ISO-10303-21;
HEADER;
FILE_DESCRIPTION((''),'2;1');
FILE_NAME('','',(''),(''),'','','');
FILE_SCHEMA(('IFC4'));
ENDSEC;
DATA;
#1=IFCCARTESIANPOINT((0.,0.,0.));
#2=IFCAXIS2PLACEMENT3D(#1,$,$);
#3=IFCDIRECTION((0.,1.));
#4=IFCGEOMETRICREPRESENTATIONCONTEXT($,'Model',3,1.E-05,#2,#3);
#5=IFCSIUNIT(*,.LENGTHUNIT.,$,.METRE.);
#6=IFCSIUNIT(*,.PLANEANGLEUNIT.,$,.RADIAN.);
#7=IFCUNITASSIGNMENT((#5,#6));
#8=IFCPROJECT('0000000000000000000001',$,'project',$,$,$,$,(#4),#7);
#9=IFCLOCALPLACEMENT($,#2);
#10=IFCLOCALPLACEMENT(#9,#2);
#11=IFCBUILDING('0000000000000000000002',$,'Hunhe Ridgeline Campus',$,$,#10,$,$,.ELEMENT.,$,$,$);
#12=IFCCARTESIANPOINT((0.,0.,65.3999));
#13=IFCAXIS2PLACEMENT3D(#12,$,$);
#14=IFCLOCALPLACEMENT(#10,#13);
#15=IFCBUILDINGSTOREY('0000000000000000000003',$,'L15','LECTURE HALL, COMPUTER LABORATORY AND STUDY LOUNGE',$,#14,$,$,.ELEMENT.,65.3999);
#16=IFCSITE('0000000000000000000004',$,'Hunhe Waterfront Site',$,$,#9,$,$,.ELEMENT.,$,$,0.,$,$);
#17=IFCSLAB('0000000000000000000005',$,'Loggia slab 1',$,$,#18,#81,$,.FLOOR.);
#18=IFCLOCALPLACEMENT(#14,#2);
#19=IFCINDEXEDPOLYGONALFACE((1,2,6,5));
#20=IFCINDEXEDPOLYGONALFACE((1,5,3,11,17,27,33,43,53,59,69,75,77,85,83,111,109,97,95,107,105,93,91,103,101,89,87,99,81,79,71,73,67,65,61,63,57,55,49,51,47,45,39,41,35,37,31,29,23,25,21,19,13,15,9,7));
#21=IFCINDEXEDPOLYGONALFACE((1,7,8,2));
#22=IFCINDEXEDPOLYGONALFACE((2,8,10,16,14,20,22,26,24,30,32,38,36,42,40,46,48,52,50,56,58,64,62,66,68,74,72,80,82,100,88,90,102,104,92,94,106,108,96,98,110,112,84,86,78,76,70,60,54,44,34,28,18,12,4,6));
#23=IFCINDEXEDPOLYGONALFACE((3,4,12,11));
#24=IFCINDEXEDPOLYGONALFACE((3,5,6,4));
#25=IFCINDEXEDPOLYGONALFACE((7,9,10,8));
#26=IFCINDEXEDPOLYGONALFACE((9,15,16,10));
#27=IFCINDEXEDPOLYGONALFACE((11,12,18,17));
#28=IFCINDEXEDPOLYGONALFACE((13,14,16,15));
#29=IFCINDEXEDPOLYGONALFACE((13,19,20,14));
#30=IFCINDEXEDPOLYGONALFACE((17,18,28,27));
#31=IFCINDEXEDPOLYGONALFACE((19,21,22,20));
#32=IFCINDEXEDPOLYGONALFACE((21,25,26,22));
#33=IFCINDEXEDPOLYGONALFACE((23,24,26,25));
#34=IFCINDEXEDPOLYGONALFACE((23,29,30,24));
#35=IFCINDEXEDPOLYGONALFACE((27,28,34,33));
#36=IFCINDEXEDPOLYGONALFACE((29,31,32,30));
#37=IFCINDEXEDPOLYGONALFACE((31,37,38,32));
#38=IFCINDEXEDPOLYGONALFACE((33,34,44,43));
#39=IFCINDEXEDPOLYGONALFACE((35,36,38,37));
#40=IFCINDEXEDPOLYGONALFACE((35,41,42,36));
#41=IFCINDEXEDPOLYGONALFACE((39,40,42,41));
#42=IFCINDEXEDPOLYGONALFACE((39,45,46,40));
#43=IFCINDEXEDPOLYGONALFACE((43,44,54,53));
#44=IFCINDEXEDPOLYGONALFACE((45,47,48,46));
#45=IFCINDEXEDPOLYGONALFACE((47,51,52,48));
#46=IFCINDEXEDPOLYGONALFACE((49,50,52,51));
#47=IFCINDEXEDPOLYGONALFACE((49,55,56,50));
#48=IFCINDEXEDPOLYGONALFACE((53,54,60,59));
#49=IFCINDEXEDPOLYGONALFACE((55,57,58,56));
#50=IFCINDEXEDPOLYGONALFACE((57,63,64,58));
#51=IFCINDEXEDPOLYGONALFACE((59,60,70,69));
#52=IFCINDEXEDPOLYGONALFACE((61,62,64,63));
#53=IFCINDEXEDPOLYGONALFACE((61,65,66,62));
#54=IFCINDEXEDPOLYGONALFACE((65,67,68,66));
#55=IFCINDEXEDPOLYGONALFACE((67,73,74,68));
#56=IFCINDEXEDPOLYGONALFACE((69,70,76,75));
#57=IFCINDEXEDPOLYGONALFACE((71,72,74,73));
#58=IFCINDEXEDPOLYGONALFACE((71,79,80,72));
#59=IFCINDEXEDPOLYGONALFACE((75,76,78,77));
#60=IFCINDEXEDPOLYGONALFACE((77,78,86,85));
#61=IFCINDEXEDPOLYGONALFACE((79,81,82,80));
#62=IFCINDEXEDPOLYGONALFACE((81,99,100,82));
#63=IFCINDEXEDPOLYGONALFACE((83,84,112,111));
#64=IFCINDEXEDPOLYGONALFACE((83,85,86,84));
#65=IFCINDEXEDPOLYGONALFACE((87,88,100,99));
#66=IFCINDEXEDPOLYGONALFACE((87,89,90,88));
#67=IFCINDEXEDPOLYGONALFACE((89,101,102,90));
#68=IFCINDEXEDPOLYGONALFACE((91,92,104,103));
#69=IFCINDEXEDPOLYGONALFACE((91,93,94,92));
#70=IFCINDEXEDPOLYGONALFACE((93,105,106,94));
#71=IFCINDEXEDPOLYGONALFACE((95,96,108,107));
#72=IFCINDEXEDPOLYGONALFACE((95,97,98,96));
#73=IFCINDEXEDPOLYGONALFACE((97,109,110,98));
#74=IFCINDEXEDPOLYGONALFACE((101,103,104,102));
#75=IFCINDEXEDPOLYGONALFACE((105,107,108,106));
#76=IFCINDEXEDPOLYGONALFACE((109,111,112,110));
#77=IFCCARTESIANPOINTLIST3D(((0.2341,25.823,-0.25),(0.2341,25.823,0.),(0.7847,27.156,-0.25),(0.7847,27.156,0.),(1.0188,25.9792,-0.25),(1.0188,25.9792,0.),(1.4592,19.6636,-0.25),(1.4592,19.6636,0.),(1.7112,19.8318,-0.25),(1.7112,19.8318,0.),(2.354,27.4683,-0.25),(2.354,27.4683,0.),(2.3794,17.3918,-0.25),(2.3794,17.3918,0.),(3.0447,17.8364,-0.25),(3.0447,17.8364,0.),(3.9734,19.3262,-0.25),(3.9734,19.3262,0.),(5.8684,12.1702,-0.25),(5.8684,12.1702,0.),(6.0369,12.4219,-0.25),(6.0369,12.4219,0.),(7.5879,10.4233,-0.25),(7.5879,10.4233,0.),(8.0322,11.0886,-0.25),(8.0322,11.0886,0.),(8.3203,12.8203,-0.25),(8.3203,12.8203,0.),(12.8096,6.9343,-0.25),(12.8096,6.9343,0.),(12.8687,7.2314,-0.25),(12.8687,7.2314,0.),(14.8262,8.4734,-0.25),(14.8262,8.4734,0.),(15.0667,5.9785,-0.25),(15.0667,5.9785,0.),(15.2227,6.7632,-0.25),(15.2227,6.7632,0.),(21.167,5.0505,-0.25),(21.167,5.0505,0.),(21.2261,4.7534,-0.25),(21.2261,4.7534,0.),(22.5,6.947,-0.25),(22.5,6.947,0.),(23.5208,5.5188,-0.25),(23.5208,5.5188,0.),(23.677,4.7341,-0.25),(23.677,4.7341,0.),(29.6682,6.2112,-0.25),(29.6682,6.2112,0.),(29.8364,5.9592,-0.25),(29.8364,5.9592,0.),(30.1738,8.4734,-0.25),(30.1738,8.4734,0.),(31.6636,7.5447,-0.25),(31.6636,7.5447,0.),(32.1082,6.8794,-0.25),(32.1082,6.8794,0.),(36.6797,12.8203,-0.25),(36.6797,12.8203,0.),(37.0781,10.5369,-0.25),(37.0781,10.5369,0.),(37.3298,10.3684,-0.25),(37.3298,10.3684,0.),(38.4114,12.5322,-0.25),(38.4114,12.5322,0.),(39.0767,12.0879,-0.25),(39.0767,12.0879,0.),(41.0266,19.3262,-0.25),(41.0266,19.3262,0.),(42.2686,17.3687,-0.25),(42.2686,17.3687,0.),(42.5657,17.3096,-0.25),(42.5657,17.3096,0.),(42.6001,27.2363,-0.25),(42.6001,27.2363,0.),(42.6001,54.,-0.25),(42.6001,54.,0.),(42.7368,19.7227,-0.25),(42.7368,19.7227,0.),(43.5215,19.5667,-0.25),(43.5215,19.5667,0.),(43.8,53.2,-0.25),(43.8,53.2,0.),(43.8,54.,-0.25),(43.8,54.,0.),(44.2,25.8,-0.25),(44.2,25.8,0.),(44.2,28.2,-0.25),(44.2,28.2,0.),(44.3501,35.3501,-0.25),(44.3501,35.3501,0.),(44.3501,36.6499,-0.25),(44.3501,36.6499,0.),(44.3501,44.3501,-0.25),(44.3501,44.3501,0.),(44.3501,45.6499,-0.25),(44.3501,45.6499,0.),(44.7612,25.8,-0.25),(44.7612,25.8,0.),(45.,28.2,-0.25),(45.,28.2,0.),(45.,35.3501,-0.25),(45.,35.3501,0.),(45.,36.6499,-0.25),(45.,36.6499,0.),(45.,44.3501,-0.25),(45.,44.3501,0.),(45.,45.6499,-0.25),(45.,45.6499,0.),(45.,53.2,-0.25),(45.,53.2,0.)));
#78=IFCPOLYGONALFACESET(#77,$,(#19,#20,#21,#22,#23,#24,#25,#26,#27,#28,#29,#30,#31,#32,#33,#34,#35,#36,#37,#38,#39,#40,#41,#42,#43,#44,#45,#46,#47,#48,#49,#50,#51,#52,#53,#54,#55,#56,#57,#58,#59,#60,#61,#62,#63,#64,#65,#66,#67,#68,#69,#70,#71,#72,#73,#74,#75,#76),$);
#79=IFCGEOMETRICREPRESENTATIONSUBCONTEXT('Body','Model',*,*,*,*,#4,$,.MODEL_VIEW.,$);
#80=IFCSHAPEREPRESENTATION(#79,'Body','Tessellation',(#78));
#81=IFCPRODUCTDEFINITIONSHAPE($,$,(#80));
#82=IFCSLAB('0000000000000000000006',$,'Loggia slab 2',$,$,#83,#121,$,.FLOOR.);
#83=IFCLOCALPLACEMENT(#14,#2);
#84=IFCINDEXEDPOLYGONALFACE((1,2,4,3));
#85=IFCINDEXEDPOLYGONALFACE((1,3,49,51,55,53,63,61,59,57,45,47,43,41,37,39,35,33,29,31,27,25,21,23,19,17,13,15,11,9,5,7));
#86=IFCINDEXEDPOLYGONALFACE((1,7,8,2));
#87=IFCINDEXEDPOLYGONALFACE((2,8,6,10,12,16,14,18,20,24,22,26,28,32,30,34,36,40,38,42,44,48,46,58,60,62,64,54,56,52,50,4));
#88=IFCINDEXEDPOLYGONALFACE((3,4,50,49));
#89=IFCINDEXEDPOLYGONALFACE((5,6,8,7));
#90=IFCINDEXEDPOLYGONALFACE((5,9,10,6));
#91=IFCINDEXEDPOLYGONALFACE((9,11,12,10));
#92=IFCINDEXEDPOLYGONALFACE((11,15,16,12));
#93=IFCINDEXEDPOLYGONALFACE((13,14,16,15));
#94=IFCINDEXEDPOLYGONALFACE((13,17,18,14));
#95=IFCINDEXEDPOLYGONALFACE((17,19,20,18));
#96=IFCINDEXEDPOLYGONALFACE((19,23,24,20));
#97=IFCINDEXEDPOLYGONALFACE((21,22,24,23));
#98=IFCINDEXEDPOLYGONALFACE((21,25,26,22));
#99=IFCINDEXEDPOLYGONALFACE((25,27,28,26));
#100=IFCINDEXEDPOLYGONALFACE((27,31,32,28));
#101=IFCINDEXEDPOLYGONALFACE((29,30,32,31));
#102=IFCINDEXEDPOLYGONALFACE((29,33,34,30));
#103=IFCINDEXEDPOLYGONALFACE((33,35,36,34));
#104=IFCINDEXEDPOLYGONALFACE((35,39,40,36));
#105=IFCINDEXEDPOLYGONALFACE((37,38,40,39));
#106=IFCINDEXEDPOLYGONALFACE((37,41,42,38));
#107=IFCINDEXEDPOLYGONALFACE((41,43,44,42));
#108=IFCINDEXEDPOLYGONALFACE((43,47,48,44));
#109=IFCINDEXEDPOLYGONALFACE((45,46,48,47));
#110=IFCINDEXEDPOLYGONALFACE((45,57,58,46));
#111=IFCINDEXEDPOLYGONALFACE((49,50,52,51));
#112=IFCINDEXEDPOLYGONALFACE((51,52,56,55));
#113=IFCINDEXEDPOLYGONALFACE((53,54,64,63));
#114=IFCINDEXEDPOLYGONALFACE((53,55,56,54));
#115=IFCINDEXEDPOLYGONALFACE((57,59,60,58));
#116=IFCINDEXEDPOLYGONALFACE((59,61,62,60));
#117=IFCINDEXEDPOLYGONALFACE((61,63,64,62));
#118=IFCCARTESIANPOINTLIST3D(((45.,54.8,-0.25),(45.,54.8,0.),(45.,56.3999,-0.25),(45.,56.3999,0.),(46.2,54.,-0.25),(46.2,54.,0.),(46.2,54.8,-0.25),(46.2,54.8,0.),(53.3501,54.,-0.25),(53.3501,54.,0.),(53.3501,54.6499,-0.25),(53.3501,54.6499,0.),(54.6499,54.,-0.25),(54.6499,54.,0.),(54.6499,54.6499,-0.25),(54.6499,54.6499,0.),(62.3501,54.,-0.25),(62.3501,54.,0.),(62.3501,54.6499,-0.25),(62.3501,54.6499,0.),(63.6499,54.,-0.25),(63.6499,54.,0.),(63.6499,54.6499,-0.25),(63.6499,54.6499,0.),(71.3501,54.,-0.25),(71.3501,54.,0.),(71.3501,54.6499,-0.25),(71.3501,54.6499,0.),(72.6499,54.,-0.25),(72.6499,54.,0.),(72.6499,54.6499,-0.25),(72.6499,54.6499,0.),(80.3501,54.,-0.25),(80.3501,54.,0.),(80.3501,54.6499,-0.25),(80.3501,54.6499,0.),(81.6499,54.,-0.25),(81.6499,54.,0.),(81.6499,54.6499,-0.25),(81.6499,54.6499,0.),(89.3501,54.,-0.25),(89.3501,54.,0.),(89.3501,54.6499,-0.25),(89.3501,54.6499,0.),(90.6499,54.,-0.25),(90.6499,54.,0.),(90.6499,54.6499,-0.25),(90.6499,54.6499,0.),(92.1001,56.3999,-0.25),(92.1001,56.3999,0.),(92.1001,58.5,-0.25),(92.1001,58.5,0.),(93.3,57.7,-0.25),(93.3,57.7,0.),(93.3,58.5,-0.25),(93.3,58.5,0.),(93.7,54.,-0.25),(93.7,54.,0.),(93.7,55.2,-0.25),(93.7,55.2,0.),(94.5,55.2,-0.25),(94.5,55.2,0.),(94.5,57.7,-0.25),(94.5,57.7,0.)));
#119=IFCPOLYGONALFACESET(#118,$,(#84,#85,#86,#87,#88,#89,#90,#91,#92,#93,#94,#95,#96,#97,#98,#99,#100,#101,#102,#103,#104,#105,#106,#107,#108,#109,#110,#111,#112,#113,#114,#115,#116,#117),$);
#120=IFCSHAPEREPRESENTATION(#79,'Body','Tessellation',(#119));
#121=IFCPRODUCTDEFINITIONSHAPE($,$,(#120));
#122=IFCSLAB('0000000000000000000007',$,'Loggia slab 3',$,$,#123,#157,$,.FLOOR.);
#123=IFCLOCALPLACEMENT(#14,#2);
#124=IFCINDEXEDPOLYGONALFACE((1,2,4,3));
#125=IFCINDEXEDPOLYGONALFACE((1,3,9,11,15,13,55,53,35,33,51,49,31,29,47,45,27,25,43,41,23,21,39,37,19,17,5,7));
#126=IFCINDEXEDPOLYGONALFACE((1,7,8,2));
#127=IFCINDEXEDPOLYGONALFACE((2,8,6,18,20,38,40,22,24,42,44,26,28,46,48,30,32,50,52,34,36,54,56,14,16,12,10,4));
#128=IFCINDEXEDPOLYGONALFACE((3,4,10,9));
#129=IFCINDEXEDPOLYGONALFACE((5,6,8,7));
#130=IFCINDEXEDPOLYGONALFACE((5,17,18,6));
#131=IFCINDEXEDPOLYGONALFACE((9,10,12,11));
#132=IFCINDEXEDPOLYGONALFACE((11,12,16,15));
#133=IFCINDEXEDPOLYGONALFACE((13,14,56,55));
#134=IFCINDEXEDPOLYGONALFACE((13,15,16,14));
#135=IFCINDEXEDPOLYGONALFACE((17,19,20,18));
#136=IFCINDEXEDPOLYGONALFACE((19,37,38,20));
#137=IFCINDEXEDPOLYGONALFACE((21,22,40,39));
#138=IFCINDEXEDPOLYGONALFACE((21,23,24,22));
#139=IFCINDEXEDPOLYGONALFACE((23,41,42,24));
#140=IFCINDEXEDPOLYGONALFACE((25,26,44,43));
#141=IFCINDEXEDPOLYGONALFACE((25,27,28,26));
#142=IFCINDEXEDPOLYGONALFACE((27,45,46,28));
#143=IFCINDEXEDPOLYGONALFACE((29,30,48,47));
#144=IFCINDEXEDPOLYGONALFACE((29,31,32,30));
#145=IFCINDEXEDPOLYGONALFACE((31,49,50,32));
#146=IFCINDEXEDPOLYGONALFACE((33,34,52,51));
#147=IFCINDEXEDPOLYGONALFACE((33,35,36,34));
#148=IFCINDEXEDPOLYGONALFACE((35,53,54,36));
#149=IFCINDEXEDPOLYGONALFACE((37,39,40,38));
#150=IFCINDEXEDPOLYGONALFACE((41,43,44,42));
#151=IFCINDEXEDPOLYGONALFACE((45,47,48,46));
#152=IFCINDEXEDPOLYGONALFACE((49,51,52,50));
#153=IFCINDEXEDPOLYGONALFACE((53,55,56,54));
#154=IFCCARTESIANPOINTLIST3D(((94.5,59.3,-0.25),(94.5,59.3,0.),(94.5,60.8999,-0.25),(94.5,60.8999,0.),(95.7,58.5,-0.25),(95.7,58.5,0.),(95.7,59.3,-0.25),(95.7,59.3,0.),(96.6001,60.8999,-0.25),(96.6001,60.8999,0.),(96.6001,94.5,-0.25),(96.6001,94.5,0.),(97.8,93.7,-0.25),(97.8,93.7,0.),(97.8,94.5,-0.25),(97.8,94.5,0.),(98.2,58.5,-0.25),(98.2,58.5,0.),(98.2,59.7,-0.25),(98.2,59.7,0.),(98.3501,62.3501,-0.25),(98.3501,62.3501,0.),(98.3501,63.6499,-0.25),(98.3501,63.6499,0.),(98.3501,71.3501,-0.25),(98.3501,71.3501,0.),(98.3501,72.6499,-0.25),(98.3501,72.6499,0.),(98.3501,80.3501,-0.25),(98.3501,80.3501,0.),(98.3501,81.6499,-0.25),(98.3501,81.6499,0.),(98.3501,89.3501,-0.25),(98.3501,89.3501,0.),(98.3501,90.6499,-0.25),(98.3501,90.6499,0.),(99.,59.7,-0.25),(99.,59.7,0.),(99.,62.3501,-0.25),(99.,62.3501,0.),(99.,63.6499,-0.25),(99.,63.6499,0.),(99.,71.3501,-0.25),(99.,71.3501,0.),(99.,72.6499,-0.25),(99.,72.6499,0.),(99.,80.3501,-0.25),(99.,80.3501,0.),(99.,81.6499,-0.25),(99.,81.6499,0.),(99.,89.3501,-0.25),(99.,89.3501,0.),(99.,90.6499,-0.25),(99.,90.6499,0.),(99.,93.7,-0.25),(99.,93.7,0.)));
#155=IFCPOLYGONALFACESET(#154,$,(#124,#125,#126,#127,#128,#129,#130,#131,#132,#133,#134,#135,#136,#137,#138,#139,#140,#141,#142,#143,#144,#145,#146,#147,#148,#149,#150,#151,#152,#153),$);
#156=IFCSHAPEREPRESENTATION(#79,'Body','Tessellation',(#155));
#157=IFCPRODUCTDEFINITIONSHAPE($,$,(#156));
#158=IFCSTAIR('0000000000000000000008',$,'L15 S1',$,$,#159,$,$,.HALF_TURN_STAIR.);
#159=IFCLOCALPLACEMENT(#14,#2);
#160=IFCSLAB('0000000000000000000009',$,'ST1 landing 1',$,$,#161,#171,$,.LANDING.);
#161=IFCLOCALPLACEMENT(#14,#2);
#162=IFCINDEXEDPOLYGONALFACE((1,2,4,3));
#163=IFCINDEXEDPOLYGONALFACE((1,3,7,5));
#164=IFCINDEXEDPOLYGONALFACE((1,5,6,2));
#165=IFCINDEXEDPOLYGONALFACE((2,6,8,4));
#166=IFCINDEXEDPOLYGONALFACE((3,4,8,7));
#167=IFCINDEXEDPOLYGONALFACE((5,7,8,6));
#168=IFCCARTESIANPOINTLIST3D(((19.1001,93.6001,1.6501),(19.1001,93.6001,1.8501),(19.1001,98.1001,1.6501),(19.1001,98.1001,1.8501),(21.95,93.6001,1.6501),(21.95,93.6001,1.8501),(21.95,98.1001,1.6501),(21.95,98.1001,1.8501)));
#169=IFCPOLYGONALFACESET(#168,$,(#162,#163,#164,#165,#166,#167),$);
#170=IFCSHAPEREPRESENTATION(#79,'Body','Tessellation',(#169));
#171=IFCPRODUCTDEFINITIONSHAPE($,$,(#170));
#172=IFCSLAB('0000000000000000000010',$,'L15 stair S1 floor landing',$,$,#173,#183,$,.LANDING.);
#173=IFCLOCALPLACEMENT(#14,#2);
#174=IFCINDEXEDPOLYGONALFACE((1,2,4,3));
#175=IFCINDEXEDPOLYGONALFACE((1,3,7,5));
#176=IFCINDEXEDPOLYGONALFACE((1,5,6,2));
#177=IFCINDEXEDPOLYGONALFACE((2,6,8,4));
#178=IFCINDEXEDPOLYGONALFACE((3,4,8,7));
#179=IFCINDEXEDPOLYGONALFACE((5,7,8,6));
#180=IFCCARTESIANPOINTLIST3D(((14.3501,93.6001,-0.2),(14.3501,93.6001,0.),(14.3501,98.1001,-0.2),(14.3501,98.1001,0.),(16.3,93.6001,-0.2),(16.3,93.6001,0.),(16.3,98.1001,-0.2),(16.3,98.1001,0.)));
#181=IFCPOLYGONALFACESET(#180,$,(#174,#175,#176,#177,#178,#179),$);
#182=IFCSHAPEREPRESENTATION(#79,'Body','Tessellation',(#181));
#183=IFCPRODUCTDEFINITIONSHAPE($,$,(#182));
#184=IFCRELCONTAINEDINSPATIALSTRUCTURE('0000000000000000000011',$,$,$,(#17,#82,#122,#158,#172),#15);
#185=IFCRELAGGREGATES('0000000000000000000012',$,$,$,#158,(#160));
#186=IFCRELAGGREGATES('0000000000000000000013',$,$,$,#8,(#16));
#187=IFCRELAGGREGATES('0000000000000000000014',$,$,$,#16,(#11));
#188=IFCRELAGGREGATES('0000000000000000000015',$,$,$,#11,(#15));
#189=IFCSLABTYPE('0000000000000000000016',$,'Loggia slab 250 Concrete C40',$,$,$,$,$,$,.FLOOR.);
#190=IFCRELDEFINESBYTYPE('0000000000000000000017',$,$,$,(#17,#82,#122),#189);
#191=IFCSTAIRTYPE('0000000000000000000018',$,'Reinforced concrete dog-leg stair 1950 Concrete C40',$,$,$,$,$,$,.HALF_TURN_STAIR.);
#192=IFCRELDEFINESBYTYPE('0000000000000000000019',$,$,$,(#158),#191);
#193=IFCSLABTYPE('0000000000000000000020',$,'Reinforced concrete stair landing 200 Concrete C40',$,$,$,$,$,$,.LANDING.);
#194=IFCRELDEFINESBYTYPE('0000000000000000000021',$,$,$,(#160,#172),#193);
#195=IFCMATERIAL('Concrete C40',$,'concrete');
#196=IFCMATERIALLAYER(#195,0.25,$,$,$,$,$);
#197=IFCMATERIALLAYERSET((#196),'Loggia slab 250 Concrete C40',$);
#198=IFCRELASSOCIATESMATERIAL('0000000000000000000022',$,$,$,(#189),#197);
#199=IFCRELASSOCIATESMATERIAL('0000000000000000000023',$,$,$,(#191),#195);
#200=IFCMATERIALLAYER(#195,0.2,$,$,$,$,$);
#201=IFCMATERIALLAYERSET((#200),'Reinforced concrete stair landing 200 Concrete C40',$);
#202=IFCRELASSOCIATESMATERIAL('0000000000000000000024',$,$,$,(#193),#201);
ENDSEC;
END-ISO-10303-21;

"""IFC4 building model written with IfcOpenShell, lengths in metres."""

from ifc_helpers import new_model, si_unit, direction, frame, origin, place, context, subcontext, project, spatial, polyline, outline, extrude, material, layer, layer_set, type_object, element, aggregate, save


model = new_model("IFC4")

# Units and contexts
model_context = context("Model", 3, precision=1e-05, world=origin(), true_north=direction((0.0, 1.0)))
body_context = subcontext(model_context, "Body", "Model", "MODEL_VIEW")
ifc_project = project(units=[si_unit("LENGTHUNIT", "METRE"), si_unit("PLANEANGLEUNIT", "RADIAN")], contexts=[model_context])

# Site, building, storey
site_placement = place(None, origin())
site = spatial("IfcSite", under=ifc_project, at=site_placement, Name="Hunhe Waterfront Site", CompositionType="ELEMENT", RefElevation=0.0)
building_placement = place(site_placement, origin())
building = spatial("IfcBuilding", under=site, at=building_placement, Name="Hunhe Ridgeline Campus", CompositionType="ELEMENT")
storey_placement = place(building_placement, frame((0.0, 0.0, 65.3999)))
storey = spatial("IfcBuildingStorey", under=building, at=storey_placement, Name="L15", Description="LECTURE HALL, COMPUTER LABORATORY AND STUDY LOUNGE", CompositionType="ELEMENT", Elevation=65.3999)

# Slabs
ifc_material_1 = material(Name="Concrete C40", Category="concrete")
ifc_layer_1 = layer(ifc_material_1, 0.25)
ifc_layer_set_1 = layer_set([ifc_layer_1], Name="Loggia slab 250 Concrete C40")
slab_type_1 = type_object("IfcSlabType", Name="Loggia slab 250 Concrete C40", PredefinedType="FLOOR", material=ifc_layer_set_1)
slab_1_placement = place(storey_placement, frame((0.0, 0.0, -0.25)))
element("IfcSlab", 1, at=slab_1_placement, inside=storey, type_object=slab_type_1, Name="Loggia slab 1", PredefinedType="FLOOR", context=body_context, shape_type="SweptSolid", body=[
    extrude(outline(polyline([(30.1738, 8.4734), (22.5, 6.947), (14.8262, 8.4734), (8.3203, 12.8203), (3.9734, 19.3262), (2.354, 27.4683), (0.7847, 27.156), (1.0188, 25.9792), (0.2341, 25.823), (1.4592, 19.6636), (1.7112, 19.8318), (3.0447, 17.8364), (2.3794, 17.3918), (5.8684, 12.1702), (6.0369, 12.4219), (8.0322, 11.0886), (7.5879, 10.4233), (12.8096, 6.9343), (12.8687, 7.2314), (15.2227, 6.7632), (15.0667, 5.9785), (21.2261, 4.7534), (21.167, 5.0505), (23.5208, 5.5188), (23.677, 4.7341), (29.8364, 5.9592), (29.6682, 6.2112), (31.6636, 7.5447), (32.1082, 6.8794), (37.3298, 10.3684), (37.0781, 10.5369), (38.4114, 12.5322), (39.0767, 12.0879), (42.5657, 17.3096), (42.2686, 17.3687), (42.7368, 19.7227), (43.5215, 19.5667), (44.7612, 25.8), (44.2, 25.8), (44.2, 28.2), (45.0, 28.2), (45.0, 35.3501), (44.3501, 35.3501), (44.3501, 36.6499), (45.0, 36.6499), (45.0, 44.3501), (44.3501, 44.3501), (44.3501, 45.6499), (45.0, 45.6499), (45.0, 53.2), (43.8, 53.2), (43.8, 54.0), (42.6001, 54.0), (42.6001, 27.2363), (41.0266, 19.3262), (36.6797, 12.8203), (30.1738, 8.4734)])), origin(), (0.0, 0.0, 1.0), 0.25),
])
slab_2_placement = place(storey_placement, frame((0.0, 0.0, -0.25)))
element("IfcSlab", 2, at=slab_2_placement, inside=storey, type_object=slab_type_1, Name="Loggia slab 2", PredefinedType="FLOOR", context=body_context, shape_type="SweptSolid", body=[
    extrude(outline(polyline([(45.0, 54.8), (46.2, 54.8), (46.2, 54.0), (53.3501, 54.0), (53.3501, 54.6499), (54.6499, 54.6499), (54.6499, 54.0), (62.3501, 54.0), (62.3501, 54.6499), (63.6499, 54.6499), (63.6499, 54.0), (71.3501, 54.0), (71.3501, 54.6499), (72.6499, 54.6499), (72.6499, 54.0), (80.3501, 54.0), (80.3501, 54.6499), (81.6499, 54.6499), (81.6499, 54.0), (89.3501, 54.0), (89.3501, 54.6499), (90.6499, 54.6499), (90.6499, 54.0), (93.7, 54.0), (93.7, 55.2), (94.5, 55.2), (94.5, 57.7), (93.3, 57.7), (93.3, 58.5), (92.1001, 58.5), (92.1001, 56.3999), (45.0, 56.3999), (45.0, 54.8)])), origin(), (0.0, 0.0, 1.0), 0.25),
])
slab_3_placement = place(storey_placement, frame((0.0, 0.0, -0.25)))
element("IfcSlab", 3, at=slab_3_placement, inside=storey, type_object=slab_type_1, Name="Loggia slab 3", PredefinedType="FLOOR", context=body_context, shape_type="SweptSolid", body=[
    extrude(outline(polyline([(94.5, 59.3), (95.7, 59.3), (95.7, 58.5), (98.2, 58.5), (98.2, 59.7), (99.0, 59.7), (99.0, 62.3501), (98.3501, 62.3501), (98.3501, 63.6499), (99.0, 63.6499), (99.0, 71.3501), (98.3501, 71.3501), (98.3501, 72.6499), (99.0, 72.6499), (99.0, 80.3501), (98.3501, 80.3501), (98.3501, 81.6499), (99.0, 81.6499), (99.0, 89.3501), (98.3501, 89.3501), (98.3501, 90.6499), (99.0, 90.6499), (99.0, 93.7), (97.8, 93.7), (97.8, 94.5), (96.6001, 94.5), (96.6001, 60.8999), (94.5, 60.8999), (94.5, 59.3)])), origin(), (0.0, 0.0, 1.0), 0.25),
])

# Stair, slab
stair_type = type_object("IfcStairType", Name="Reinforced concrete dog-leg stair 1950 Concrete C40", PredefinedType="HALF_TURN_STAIR", material=ifc_material_1)
stair_1_placement = place(storey_placement, origin())
stair_1 = element("IfcStair", 4, at=stair_1_placement, inside=storey, type_object=stair_type, Name="L15 S1", PredefinedType="HALF_TURN_STAIR")
ifc_layer_2 = layer(ifc_material_1, 0.2)
ifc_layer_set_2 = layer_set([ifc_layer_2], Name="Reinforced concrete stair landing 200 Concrete C40")
slab_type_2 = type_object("IfcSlabType", Name="Reinforced concrete stair landing 200 Concrete C40", PredefinedType="LANDING", material=ifc_layer_set_2)
slab_4_placement = place(storey_placement, frame((0.0, 0.0, 1.6501)))
slab_4 = element("IfcSlab", 5, at=slab_4_placement, type_object=slab_type_2, Name="ST1 landing 1", PredefinedType="LANDING", context=body_context, shape_type="SweptSolid", body=[
    extrude(outline(polyline([(19.1001, 93.6001), (21.95, 93.6001), (21.95, 98.1001), (19.1001, 98.1001), (19.1001, 93.6001)])), origin(), (0.0, 0.0, 1.0), 0.2),
])
aggregate(stair_1, [slab_4])

# Slab
slab_5_placement = place(storey_placement, frame((0.0, 0.0, -0.2)))
element("IfcSlab", 6, at=slab_5_placement, inside=storey, type_object=slab_type_2, Name="L15 stair S1 floor landing", PredefinedType="LANDING", context=body_context, shape_type="SweptSolid", body=[
    extrude(outline(polyline([(14.3501, 93.6001), (16.3, 93.6001), (16.3, 98.1001), (14.3501, 98.1001), (14.3501, 93.6001)])), origin(), (0.0, 0.0, 1.0), 0.2),
])

save(model, "model.ifc")
